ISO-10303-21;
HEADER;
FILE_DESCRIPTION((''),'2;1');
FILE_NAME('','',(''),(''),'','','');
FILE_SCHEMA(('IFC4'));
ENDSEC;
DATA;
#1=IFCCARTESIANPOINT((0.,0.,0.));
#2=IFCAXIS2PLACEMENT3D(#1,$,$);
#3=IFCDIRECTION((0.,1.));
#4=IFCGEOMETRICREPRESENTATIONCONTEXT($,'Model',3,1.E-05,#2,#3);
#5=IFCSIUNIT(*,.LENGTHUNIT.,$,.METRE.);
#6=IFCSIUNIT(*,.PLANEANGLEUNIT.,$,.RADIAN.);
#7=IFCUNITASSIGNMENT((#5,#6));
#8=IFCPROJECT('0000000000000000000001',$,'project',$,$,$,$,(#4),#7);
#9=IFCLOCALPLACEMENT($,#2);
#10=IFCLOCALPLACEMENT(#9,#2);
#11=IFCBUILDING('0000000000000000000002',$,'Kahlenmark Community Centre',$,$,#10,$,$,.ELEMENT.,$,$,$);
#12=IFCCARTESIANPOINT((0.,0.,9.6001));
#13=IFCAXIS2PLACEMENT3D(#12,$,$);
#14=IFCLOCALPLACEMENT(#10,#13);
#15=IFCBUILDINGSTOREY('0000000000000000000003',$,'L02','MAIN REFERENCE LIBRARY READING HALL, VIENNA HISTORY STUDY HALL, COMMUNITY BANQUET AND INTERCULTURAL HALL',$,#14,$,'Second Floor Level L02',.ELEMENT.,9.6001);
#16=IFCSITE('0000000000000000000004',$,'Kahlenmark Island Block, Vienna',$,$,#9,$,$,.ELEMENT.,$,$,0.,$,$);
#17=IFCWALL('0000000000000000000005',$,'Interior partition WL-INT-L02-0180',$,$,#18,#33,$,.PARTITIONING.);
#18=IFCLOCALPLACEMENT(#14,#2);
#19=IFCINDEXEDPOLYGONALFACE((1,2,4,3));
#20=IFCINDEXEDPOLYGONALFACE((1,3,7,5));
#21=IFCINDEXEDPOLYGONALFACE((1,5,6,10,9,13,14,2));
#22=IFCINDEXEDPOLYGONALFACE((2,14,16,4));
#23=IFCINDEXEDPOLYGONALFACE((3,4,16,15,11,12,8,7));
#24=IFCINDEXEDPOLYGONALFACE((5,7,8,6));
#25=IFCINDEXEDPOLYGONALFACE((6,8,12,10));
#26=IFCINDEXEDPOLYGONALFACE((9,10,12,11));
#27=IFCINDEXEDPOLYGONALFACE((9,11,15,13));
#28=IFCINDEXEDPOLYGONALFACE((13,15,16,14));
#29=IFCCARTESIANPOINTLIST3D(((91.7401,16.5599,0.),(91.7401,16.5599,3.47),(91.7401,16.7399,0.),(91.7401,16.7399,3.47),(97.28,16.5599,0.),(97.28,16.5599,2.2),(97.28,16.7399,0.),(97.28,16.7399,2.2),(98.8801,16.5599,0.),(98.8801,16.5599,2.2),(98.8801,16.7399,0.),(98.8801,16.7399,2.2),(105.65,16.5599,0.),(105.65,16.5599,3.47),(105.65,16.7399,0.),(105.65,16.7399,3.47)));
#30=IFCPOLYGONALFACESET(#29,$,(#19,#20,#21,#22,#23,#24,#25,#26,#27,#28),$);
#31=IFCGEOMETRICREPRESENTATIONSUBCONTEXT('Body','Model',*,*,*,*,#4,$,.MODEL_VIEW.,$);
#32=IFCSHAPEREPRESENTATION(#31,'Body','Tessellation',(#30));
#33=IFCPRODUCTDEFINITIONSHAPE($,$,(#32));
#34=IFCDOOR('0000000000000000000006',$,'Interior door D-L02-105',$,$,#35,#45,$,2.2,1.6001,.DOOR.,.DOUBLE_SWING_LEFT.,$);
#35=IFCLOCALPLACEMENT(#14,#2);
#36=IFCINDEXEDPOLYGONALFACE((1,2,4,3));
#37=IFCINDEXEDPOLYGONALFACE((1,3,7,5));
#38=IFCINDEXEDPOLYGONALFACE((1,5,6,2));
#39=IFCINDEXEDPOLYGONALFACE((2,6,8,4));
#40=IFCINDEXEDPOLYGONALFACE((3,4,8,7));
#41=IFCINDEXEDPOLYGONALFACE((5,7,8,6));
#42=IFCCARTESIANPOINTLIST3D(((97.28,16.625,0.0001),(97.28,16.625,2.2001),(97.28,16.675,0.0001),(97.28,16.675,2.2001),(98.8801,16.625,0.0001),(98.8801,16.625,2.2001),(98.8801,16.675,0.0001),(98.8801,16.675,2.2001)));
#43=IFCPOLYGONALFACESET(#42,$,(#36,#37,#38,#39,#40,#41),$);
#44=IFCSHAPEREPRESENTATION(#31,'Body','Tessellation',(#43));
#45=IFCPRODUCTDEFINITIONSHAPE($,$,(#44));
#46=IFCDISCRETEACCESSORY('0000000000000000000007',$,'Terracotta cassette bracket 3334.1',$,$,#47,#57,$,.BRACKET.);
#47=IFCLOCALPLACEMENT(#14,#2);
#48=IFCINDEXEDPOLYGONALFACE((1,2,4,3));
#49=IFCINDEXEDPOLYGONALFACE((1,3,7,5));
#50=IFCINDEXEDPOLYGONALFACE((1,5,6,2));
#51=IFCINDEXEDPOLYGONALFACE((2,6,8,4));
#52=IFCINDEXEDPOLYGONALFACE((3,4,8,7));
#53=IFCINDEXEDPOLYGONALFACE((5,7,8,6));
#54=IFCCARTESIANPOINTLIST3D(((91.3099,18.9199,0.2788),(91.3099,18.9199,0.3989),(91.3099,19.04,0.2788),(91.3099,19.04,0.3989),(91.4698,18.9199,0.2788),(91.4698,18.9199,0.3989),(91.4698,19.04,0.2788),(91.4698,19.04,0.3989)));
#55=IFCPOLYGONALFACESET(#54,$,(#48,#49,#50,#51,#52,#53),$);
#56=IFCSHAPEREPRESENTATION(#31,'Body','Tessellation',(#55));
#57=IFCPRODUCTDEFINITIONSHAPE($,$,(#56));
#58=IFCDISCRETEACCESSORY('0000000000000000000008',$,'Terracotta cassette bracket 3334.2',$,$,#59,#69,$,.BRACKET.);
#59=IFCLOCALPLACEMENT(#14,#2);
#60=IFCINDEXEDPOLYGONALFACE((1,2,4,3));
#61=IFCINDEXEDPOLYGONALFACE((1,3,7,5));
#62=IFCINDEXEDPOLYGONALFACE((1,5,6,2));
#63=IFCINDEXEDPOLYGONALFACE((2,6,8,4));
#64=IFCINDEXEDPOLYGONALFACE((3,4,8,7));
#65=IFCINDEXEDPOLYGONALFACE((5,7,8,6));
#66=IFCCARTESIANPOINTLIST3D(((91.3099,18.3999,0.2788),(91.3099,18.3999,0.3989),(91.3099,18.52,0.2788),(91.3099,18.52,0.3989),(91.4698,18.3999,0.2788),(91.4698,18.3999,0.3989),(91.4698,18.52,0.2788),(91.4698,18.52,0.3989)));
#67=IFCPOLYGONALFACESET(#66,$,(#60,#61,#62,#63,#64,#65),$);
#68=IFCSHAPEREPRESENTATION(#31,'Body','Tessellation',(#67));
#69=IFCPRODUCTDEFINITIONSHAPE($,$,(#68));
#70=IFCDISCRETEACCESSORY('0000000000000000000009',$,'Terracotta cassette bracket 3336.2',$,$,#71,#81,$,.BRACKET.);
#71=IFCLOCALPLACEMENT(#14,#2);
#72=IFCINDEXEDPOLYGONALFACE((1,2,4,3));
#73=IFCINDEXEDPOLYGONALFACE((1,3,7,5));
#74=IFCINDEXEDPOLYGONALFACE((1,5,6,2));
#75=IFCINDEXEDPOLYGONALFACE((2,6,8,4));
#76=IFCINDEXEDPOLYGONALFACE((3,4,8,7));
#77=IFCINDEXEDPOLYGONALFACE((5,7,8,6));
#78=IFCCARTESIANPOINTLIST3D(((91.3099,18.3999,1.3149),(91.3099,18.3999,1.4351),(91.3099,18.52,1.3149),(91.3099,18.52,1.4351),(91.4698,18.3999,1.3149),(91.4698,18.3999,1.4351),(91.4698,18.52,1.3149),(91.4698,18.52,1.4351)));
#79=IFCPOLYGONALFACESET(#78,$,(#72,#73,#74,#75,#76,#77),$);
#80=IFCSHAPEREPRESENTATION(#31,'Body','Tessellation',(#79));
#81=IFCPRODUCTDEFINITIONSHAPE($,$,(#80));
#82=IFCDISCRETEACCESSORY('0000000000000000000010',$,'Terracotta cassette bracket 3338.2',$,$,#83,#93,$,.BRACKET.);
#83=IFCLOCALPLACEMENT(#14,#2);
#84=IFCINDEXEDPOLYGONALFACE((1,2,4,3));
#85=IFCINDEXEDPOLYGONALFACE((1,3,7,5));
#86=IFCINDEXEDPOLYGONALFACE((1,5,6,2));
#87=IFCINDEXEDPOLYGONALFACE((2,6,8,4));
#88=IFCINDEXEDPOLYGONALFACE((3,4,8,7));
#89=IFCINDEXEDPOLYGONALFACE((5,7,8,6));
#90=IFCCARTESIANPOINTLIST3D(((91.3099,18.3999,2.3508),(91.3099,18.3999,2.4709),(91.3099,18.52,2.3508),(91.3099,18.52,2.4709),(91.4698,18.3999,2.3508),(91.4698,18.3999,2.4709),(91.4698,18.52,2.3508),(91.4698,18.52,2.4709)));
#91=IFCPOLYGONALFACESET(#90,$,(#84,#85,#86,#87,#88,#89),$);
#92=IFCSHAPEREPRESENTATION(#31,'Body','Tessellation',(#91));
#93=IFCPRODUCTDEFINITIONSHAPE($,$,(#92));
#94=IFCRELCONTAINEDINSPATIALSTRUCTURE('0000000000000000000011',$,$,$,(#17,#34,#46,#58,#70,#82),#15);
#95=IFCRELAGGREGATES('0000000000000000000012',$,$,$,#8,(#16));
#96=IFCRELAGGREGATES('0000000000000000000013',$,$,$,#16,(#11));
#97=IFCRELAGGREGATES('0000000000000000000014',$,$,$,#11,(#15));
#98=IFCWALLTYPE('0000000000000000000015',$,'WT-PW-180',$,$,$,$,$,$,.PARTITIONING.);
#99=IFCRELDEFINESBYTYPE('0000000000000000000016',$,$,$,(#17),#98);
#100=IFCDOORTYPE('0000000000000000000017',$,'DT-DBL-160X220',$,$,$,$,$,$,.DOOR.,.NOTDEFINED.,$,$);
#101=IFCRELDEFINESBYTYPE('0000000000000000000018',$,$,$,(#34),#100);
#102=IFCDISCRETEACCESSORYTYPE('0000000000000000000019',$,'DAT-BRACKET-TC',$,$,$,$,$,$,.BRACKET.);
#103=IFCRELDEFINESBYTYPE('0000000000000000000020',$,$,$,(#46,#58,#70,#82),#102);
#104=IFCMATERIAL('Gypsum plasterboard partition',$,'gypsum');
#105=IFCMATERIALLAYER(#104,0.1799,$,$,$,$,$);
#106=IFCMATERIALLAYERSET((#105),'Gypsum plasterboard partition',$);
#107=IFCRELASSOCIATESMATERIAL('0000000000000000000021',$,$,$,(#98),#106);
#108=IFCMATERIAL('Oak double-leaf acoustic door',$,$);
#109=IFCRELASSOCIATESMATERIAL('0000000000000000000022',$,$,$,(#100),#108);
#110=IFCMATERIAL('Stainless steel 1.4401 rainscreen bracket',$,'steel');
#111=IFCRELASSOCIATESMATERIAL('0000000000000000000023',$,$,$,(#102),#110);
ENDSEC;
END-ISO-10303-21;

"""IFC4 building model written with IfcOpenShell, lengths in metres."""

from ifc_helpers import new_model, si_unit, direction, frame, frame_2d, origin, origin_2d, place, context, subcontext, project, spatial, rectangle, extrude, material, layer, layer_set, type_object, element, fill, save


model = new_model("IFC4")

# Units and contexts
model_context = context("Model", 3, precision=1e-05, world=origin(), true_north=direction((0.0, 1.0)))
body_context = subcontext(model_context, "Body", "Model", "MODEL_VIEW")
ifc_project = project(units=[si_unit("LENGTHUNIT", "METRE"), si_unit("PLANEANGLEUNIT", "RADIAN")], contexts=[model_context])

# Site, building, storey
site_placement = place(None, origin())
site = spatial("IfcSite", under=ifc_project, at=site_placement, Name="Kahlenmark Island Block, Vienna", CompositionType="ELEMENT", RefElevation=0.0)
building_placement = place(site_placement, origin())
building = spatial("IfcBuilding", under=site, at=building_placement, Name="Kahlenmark Community Centre", CompositionType="ELEMENT")
storey_placement = place(building_placement, frame((0.0, 0.0, 9.6001)))
storey = spatial("IfcBuildingStorey", under=building, at=storey_placement, Name="L02", Description="MAIN REFERENCE LIBRARY READING HALL, VIENNA HISTORY STUDY HALL, COMMUNITY BANQUET AND INTERCULTURAL HALL", LongName="Second Floor Level L02", CompositionType="ELEMENT", Elevation=9.6001)

# Wall, opening, door
ifc_material_1 = material(Name="Gypsum plasterboard partition", Category="gypsum")
ifc_layer_1 = layer(ifc_material_1, 0.1799)
ifc_layer_set_1 = layer_set([ifc_layer_1], Name="Gypsum plasterboard partition")
wall_type_1 = type_object("IfcWallType", Name="WT-PW-180", PredefinedType="PARTITIONING", material=ifc_layer_set_1)
wall_1_placement = place(storey_placement, frame((91.74, 16.6499, 0.0), z_axis=(0.0, 0.0, 1.0), x_axis=(1.0, 0.0, 0.0)))
wall_1 = element("IfcWall", 1, at=wall_1_placement, inside=storey, type_object=wall_type_1, Name="Interior partition WL-INT-L02-0180", PredefinedType="PARTITIONING", context=body_context, shape_type="SweptSolid", body=[
    extrude(rectangle(XDim=13.9099, YDim=0.1799, at=frame_2d((6.9551, 0.0))), origin(), (0.0, 0.0, 1.0), 3.47),
])
opening_placement = place(wall_1_placement, frame((5.54, 0.0, -0.01)))
opening = element("IfcOpeningElement", 2, at=opening_placement, cuts=wall_1, PredefinedType="OPENING", context=body_context, shape_type="SweptSolid", body=[
    extrude(rectangle(XDim=1.6001, YDim=2.21, at=frame_2d((0.8, 1.105))), frame((0.0, 0.0999, 0.0), z_axis=(0.0, -1.0, 0.0), x_axis=(1.0, 0.0, 0.0)), (0.0, 0.0, 1.0), 0.2),
])
ifc_material_2 = material(Name="Oak double-leaf acoustic door")
door_type = type_object("IfcDoorType", Name="DT-DBL-160X220", OperationType="NOTDEFINED", PredefinedType="DOOR", material=ifc_material_2)
door_placement = place(opening_placement, frame((1.6001, 0.0, 0.01), z_axis=(0.0, 0.0, 1.0), x_axis=(-1.0, 0.0, 0.0)))
door = element("IfcDoor", 3, at=door_placement, inside=storey, type_object=door_type, Name="Interior door D-L02-105", OperationType="DOUBLE_SWING_LEFT", OverallHeight=2.2, OverallWidth=1.6001, PredefinedType="DOOR", context=body_context, shape_type="SweptSolid", body=[
    extrude(rectangle(XDim=1.6001, YDim=2.2, at=frame_2d((0.8, 1.1001))), frame((0.0, 0.0249, 0.0), z_axis=(0.0, -1.0, 0.0), x_axis=(1.0, 0.0, 0.0)), (0.0, 0.0, 1.0), 0.05),
])
fill(opening, door)

# Discrete accessories
ifc_material_3 = material(Name="Stainless steel 1.4401 rainscreen bracket", Category="steel")
discrete_accessory_type = type_object("IfcDiscreteAccessoryType", Name="DAT-BRACKET-TC", PredefinedType="BRACKET", material=ifc_material_3)
for number, where, z_axis, x_axis, name in (
    (4, (91.3899, 18.98, 0.2788), (0.0, 0.0, 1.0), (0.0, -1.0, 0.0), "Terracotta cassette bracket 3334.1"),
    (5, (91.3899, 18.46, 0.2788), (0.0, 0.0, 1.0), (0.0, -1.0, 0.0), "Terracotta cassette bracket 3334.2"),
    (6, (91.3899, 18.46, 1.3149), (0.0, 0.0, 1.0), (0.0, -1.0, 0.0), "Terracotta cassette bracket 3336.2"),
    (7, (91.3899, 18.46, 2.3508), (0.0, 0.0, 1.0), (0.0, -1.0, 0.0), "Terracotta cassette bracket 3338.2"),
):
    element("IfcDiscreteAccessory", number, at=place(storey_placement, frame(where, z_axis=z_axis, x_axis=x_axis)), inside=storey, type_object=discrete_accessory_type, Name=name, PredefinedType="BRACKET", context=body_context, shape_type="SweptSolid", body=[
        extrude(rectangle(XDim=0.1201, YDim=0.1599, at=origin_2d()), origin(), (0.0, 0.0, 1.0), 0.1201),
    ])

save(model, "model.ifc")
